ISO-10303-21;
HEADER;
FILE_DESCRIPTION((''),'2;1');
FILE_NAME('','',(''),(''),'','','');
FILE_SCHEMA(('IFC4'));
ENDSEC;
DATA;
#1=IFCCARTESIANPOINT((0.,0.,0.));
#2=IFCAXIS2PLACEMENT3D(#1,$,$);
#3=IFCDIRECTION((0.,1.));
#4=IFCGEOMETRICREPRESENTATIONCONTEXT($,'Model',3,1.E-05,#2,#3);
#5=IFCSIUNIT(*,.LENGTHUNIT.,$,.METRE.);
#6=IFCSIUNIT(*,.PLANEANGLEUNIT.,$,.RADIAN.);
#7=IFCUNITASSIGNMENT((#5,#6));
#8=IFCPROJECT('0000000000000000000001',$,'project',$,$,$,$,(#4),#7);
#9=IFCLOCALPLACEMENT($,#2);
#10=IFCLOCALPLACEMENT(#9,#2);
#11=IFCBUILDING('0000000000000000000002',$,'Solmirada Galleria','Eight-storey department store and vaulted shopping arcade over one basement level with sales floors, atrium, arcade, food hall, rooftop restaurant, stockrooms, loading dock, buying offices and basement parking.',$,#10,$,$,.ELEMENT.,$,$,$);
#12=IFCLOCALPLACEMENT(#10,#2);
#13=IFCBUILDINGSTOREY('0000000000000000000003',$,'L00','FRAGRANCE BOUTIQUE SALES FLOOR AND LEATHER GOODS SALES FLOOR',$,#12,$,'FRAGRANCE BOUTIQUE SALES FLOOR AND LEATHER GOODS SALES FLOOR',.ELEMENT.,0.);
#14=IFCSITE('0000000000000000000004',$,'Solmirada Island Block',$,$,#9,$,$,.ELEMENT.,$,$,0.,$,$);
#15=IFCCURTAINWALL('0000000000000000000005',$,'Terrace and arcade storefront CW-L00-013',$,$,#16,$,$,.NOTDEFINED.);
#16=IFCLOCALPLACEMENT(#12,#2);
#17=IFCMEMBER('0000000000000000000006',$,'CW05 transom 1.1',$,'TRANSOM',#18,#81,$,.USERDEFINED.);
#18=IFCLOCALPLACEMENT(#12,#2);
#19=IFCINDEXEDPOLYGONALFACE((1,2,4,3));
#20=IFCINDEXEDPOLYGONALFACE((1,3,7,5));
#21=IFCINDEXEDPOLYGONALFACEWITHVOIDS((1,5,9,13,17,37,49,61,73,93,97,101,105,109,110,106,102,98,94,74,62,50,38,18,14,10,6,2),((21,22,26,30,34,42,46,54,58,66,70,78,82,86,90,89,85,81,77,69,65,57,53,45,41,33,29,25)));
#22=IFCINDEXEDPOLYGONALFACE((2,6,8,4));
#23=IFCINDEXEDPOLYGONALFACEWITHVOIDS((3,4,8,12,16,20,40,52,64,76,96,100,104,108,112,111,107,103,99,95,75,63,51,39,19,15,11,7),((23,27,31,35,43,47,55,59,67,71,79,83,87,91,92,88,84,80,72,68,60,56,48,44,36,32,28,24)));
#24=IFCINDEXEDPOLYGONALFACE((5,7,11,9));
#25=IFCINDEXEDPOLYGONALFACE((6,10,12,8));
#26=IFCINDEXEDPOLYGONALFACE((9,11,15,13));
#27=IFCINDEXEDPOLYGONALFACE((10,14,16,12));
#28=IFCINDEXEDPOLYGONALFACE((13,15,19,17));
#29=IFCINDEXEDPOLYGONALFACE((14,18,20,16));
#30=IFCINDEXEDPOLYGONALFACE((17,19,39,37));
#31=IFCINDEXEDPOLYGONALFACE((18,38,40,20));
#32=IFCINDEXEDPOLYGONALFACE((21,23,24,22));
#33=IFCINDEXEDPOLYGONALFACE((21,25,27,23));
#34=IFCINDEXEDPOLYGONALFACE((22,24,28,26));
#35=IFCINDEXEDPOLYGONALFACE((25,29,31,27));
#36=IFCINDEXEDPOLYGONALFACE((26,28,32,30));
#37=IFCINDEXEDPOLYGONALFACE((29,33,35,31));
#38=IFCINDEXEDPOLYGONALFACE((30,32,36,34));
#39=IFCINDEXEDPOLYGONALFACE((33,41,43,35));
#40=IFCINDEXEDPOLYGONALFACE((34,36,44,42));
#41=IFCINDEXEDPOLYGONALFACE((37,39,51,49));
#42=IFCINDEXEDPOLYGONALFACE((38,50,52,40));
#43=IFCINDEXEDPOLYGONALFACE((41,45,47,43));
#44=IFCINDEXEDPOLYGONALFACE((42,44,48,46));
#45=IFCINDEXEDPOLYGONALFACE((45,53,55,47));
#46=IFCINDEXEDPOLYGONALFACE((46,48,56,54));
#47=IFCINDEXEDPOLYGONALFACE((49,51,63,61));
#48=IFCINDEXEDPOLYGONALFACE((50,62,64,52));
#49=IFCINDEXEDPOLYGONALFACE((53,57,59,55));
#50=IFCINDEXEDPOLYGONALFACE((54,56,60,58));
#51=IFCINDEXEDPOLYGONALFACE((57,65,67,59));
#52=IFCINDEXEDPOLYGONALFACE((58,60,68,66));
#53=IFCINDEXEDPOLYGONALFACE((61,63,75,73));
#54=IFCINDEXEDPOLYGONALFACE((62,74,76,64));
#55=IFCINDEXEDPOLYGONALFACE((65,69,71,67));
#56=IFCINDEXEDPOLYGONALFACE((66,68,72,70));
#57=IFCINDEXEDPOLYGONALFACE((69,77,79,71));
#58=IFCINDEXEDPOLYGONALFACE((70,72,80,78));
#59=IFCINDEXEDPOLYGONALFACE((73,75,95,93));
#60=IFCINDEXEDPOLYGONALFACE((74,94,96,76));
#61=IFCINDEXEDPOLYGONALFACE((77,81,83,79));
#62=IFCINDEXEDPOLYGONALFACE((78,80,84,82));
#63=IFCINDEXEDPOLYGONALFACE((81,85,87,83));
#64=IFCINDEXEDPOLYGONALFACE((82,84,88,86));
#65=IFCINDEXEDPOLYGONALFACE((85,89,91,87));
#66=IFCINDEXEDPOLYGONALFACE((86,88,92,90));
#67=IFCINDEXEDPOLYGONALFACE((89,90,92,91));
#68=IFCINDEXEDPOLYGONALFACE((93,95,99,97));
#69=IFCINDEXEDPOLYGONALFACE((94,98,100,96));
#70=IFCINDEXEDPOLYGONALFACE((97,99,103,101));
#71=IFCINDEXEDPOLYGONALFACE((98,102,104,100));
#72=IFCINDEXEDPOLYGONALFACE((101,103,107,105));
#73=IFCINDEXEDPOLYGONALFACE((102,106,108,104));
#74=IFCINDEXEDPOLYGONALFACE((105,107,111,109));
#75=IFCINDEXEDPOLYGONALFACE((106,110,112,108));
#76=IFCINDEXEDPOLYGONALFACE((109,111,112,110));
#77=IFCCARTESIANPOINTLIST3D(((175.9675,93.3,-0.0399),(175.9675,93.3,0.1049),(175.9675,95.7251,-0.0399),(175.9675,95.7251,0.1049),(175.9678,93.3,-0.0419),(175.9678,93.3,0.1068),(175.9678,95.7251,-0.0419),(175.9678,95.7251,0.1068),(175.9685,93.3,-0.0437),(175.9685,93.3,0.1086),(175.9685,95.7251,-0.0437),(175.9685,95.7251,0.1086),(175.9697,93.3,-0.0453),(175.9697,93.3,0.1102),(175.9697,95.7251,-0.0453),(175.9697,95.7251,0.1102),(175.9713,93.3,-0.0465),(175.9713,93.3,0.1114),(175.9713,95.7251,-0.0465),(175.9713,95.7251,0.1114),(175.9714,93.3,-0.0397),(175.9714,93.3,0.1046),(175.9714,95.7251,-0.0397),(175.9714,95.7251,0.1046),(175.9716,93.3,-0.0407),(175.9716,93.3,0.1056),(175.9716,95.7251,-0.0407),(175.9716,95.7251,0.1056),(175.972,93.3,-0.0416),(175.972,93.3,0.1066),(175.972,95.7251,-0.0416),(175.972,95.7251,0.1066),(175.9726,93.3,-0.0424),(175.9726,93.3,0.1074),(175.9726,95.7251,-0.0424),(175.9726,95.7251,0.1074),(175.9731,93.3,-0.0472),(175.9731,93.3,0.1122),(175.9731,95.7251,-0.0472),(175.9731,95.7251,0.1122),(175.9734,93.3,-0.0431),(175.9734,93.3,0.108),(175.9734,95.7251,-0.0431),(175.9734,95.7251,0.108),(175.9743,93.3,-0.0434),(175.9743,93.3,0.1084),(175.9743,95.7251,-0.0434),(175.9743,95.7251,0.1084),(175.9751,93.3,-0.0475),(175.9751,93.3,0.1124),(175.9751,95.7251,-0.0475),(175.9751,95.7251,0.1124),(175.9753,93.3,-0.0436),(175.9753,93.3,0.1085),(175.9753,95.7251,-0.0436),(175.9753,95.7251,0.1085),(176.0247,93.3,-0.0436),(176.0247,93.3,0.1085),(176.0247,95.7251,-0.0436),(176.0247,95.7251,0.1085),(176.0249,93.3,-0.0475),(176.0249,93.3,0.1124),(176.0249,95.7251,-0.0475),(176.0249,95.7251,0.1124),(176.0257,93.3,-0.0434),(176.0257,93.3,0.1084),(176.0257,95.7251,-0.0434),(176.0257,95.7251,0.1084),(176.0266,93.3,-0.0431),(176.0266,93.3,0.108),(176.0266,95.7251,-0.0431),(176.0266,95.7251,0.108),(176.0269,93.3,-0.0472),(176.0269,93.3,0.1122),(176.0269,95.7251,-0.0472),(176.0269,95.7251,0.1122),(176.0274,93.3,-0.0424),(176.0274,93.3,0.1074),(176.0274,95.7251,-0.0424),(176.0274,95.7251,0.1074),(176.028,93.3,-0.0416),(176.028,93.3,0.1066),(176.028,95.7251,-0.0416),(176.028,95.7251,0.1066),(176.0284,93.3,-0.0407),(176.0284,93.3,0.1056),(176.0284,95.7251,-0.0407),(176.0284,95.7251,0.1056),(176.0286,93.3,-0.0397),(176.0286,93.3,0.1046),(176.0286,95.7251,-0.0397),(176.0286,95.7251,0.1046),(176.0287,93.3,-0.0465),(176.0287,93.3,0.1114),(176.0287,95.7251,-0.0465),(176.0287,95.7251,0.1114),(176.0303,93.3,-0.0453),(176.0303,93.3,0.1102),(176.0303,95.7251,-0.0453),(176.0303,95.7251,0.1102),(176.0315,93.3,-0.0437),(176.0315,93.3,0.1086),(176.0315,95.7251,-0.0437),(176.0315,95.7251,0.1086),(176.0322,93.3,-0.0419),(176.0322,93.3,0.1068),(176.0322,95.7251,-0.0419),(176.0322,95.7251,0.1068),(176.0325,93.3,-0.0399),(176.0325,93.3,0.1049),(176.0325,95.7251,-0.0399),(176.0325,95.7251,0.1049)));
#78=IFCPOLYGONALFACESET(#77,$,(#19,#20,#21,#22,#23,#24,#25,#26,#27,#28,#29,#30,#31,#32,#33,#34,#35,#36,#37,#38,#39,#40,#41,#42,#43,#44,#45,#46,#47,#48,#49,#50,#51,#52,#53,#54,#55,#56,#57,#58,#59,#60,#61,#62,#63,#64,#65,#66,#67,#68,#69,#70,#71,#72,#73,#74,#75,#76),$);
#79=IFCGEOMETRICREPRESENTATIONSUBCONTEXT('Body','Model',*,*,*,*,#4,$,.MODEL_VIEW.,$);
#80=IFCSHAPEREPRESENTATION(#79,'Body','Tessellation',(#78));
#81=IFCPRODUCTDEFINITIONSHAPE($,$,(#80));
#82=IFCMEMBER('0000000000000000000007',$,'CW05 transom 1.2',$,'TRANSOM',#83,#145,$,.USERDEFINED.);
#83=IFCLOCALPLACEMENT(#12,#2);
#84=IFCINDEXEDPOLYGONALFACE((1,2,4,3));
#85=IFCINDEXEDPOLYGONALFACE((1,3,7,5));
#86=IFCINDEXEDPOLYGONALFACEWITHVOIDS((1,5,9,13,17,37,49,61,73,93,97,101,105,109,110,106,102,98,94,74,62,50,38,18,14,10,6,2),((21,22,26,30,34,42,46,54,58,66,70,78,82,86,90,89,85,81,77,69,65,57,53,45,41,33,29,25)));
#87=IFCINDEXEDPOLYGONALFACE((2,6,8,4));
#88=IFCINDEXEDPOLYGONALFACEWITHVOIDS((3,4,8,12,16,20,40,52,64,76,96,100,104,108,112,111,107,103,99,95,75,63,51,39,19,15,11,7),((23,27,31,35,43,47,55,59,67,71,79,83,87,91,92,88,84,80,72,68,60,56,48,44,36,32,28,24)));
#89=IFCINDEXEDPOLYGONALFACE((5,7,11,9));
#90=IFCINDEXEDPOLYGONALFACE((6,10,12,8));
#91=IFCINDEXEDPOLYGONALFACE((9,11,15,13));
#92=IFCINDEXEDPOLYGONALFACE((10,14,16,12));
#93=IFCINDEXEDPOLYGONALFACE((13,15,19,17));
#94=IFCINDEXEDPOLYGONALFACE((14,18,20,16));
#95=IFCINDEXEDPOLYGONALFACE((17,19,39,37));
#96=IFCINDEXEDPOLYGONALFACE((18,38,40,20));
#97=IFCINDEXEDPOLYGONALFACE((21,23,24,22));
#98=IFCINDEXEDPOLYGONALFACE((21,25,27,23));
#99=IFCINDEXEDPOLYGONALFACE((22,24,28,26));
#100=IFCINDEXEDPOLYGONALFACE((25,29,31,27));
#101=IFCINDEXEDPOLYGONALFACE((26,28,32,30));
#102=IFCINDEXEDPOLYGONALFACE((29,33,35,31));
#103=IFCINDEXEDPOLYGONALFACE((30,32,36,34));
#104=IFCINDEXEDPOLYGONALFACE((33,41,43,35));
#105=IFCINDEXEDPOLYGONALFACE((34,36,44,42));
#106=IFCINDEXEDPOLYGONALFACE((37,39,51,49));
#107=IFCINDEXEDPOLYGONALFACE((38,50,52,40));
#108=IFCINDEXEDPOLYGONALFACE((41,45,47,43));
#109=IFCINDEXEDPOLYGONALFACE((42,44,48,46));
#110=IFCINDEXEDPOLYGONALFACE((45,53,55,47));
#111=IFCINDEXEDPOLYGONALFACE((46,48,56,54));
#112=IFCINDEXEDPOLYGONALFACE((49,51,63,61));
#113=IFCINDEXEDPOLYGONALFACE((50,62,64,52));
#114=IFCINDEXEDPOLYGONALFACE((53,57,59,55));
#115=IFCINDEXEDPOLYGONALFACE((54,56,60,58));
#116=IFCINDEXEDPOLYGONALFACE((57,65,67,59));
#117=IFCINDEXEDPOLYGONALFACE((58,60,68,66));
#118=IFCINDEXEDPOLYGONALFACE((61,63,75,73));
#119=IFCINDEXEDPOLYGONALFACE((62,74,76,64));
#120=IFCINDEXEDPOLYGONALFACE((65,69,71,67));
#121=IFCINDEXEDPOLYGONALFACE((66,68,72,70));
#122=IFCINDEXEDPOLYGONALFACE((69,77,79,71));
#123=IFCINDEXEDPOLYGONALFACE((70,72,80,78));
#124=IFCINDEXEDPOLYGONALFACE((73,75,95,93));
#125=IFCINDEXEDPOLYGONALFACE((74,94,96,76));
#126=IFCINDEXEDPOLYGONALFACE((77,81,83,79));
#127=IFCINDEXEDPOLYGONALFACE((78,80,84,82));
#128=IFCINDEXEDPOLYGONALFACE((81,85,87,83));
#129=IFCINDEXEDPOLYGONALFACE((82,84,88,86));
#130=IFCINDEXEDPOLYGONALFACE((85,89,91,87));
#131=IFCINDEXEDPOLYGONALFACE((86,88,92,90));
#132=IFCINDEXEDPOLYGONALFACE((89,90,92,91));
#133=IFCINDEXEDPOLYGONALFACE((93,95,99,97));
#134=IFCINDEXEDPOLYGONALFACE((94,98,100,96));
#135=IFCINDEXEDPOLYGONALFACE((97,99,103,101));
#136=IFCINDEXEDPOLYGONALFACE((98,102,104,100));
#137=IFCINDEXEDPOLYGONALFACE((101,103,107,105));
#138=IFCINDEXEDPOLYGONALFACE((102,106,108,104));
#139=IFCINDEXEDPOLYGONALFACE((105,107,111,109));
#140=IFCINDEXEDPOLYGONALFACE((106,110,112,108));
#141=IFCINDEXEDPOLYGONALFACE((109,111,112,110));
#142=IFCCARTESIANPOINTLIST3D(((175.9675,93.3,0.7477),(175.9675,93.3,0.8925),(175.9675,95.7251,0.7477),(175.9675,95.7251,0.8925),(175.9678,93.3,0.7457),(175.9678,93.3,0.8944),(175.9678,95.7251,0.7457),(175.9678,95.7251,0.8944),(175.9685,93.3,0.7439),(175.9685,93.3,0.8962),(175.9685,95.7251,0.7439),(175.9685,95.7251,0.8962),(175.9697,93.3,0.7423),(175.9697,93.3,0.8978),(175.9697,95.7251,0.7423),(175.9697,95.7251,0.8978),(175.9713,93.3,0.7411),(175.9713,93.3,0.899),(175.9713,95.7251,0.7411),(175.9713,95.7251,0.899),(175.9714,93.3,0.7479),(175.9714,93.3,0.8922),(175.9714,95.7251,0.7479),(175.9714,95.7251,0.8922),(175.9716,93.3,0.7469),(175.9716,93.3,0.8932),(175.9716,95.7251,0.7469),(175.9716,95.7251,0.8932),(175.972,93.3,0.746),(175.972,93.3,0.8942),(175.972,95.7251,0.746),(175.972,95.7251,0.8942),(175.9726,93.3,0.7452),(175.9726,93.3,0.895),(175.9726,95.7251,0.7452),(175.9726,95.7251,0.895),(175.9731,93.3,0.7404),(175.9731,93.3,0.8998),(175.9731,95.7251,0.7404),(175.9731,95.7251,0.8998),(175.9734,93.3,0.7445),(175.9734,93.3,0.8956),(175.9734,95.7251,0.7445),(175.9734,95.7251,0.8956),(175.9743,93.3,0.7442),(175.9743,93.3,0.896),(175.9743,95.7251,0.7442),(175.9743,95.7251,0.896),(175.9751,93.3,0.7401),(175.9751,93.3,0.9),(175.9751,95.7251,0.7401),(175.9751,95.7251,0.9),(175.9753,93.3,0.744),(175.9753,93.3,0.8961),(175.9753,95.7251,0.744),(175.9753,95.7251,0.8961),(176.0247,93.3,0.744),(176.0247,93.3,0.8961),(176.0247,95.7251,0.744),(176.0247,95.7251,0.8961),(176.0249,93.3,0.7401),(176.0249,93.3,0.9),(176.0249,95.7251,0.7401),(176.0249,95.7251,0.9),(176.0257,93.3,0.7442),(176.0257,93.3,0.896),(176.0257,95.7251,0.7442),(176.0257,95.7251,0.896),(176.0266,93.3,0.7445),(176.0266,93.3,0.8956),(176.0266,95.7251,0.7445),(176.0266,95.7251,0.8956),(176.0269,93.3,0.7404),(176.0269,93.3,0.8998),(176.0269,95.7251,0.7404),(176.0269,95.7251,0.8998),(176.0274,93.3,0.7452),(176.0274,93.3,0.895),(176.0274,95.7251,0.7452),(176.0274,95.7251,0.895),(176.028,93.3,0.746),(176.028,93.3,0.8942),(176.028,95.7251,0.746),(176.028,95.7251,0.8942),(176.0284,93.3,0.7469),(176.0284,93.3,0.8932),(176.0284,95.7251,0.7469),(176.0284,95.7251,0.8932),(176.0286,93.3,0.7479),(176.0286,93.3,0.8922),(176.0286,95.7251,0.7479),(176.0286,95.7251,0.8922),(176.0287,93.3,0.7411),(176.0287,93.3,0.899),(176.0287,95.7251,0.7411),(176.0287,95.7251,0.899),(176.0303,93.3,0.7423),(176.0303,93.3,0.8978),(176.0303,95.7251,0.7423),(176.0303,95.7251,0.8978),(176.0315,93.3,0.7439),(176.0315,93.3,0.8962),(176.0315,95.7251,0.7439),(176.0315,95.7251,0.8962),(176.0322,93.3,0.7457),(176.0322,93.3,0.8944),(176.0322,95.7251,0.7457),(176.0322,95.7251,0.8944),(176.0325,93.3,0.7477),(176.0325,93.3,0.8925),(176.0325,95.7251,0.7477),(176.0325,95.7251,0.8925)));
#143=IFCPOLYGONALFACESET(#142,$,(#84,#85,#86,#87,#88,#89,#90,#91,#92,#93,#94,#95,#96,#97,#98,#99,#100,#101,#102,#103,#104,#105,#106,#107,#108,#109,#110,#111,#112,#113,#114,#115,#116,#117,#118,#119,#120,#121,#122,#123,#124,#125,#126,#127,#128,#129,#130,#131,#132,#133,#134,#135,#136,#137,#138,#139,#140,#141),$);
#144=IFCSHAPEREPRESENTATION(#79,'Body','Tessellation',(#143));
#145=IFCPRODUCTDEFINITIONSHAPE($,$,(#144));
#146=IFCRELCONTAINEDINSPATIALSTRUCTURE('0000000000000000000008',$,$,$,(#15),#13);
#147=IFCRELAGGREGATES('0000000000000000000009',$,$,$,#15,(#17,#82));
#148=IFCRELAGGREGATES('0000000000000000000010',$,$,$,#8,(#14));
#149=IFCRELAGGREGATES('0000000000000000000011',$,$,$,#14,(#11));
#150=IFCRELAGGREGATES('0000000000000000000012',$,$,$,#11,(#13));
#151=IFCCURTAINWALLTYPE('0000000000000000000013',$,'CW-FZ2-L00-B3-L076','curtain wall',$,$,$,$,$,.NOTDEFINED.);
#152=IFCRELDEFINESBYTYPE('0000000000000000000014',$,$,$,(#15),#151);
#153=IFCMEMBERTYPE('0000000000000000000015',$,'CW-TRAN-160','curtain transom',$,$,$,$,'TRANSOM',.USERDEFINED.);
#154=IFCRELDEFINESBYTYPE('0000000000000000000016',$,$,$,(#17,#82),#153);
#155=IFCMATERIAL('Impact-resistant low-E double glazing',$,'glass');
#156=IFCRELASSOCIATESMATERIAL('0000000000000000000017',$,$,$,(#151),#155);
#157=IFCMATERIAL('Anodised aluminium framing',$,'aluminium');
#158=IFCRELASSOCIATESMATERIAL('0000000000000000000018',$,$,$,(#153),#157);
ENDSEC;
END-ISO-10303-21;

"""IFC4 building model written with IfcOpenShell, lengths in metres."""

from ifc_helpers import new_model, si_unit, direction, frame, origin, origin_2d, place, context, subcontext, project, spatial, hollow_rectangle, extrude, material, material_profile, profile_set, type_object, element, aggregate, save


model = new_model("IFC4")

# Units and contexts
model_context = context("Model", 3, precision=1e-05, world=origin(), true_north=direction((0.0, 1.0)))
body_context = subcontext(model_context, "Body", "Model", "MODEL_VIEW")
ifc_project = project(units=[si_unit("LENGTHUNIT", "METRE"), si_unit("PLANEANGLEUNIT", "RADIAN")], contexts=[model_context])

# Site, building, storey
site_placement = place(None, origin())
site = spatial("IfcSite", under=ifc_project, at=site_placement, Name="Solmirada Island Block", CompositionType="ELEMENT", RefElevation=0.0)
building_placement = place(site_placement, origin())
building = spatial("IfcBuilding", under=site, at=building_placement, Name="Solmirada Galleria", Description="Eight-storey department store and vaulted shopping arcade over one basement level with sales floors, atrium, arcade, food hall, rooftop restaurant, stockrooms, loading dock, buying offices and basement parking.", CompositionType="ELEMENT")
storey_placement = place(building_placement, origin())
storey = spatial("IfcBuildingStorey", under=building, at=storey_placement, Name="L00", Description="FRAGRANCE BOUTIQUE SALES FLOOR AND LEATHER GOODS SALES FLOOR", LongName="FRAGRANCE BOUTIQUE SALES FLOOR AND LEATHER GOODS SALES FLOOR", CompositionType="ELEMENT", Elevation=0.0)

# Curtain wall, members
ifc_material_1 = material(Name="Impact-resistant low-E double glazing", Category="glass")
curtain_wall_type = type_object("IfcCurtainWallType", Name="CW-FZ2-L00-B3-L076", Description="curtain wall", PredefinedType="NOTDEFINED", material=ifc_material_1)
curtain_wall_placement = place(storey_placement, origin())
curtain_wall = element("IfcCurtainWall", 1, at=curtain_wall_placement, inside=storey, type_object=curtain_wall_type, Name="Terrace and arcade storefront CW-L00-013", PredefinedType="NOTDEFINED")
ifc_material_2 = material(Name="Anodised aluminium framing", Category="aluminium")
ifc_material_profile_1 = material_profile(ifc_material_2, hollow_rectangle(XDim=0.0649, YDim=0.1599, WallThickness=0.0039, InnerFilletRadius=0.0039, OuterFilletRadius=0.0076, at=origin_2d()), Name="ALU-TRAN-160X65")
ifc_profile_set_1 = profile_set([ifc_material_profile_1], Name="Anodised aluminium framing")
member_type_1 = type_object("IfcMemberType", Name="CW-TRAN-160", Description="curtain transom", ElementType="TRANSOM", PredefinedType="USERDEFINED", material=ifc_profile_set_1)
member_1_placement = place(storey_placement, frame((176.0, 95.7251, 0.0325), z_axis=(0.0, -1.0, 0.0), x_axis=(1.0, 0.0, 0.0)))
member_1 = element("IfcMember", 2, at=member_1_placement, type_object=member_type_1, Name="CW05 transom 1.1", ObjectType="TRANSOM", PredefinedType="USERDEFINED", context=body_context, shape_type="SweptSolid", body=[
    extrude(hollow_rectangle(XDim=0.0649, YDim=0.1599, WallThickness=0.0039, InnerFilletRadius=0.0039, OuterFilletRadius=0.0076, at=origin_2d()), origin(), (0.0, 0.0, 1.0), 2.425),
])
member_2_placement = place(storey_placement, frame((176.0, 95.7251, 0.8201), z_axis=(0.0, -1.0, 0.0), x_axis=(1.0, 0.0, 0.0)))
member_2 = element("IfcMember", 3, at=member_2_placement, type_object=member_type_1, Name="CW05 transom 1.2", ObjectType="TRANSOM", PredefinedType="USERDEFINED", context=body_context, shape_type="SweptSolid", body=[
    extrude(hollow_rectangle(XDim=0.0649, YDim=0.1599, WallThickness=0.0039, InnerFilletRadius=0.0039, OuterFilletRadius=0.0076, at=origin_2d()), origin(), (0.0, 0.0, 1.0), 2.425),
])
aggregate(curtain_wall, [member_1, member_2])

save(model, "model.ifc")
